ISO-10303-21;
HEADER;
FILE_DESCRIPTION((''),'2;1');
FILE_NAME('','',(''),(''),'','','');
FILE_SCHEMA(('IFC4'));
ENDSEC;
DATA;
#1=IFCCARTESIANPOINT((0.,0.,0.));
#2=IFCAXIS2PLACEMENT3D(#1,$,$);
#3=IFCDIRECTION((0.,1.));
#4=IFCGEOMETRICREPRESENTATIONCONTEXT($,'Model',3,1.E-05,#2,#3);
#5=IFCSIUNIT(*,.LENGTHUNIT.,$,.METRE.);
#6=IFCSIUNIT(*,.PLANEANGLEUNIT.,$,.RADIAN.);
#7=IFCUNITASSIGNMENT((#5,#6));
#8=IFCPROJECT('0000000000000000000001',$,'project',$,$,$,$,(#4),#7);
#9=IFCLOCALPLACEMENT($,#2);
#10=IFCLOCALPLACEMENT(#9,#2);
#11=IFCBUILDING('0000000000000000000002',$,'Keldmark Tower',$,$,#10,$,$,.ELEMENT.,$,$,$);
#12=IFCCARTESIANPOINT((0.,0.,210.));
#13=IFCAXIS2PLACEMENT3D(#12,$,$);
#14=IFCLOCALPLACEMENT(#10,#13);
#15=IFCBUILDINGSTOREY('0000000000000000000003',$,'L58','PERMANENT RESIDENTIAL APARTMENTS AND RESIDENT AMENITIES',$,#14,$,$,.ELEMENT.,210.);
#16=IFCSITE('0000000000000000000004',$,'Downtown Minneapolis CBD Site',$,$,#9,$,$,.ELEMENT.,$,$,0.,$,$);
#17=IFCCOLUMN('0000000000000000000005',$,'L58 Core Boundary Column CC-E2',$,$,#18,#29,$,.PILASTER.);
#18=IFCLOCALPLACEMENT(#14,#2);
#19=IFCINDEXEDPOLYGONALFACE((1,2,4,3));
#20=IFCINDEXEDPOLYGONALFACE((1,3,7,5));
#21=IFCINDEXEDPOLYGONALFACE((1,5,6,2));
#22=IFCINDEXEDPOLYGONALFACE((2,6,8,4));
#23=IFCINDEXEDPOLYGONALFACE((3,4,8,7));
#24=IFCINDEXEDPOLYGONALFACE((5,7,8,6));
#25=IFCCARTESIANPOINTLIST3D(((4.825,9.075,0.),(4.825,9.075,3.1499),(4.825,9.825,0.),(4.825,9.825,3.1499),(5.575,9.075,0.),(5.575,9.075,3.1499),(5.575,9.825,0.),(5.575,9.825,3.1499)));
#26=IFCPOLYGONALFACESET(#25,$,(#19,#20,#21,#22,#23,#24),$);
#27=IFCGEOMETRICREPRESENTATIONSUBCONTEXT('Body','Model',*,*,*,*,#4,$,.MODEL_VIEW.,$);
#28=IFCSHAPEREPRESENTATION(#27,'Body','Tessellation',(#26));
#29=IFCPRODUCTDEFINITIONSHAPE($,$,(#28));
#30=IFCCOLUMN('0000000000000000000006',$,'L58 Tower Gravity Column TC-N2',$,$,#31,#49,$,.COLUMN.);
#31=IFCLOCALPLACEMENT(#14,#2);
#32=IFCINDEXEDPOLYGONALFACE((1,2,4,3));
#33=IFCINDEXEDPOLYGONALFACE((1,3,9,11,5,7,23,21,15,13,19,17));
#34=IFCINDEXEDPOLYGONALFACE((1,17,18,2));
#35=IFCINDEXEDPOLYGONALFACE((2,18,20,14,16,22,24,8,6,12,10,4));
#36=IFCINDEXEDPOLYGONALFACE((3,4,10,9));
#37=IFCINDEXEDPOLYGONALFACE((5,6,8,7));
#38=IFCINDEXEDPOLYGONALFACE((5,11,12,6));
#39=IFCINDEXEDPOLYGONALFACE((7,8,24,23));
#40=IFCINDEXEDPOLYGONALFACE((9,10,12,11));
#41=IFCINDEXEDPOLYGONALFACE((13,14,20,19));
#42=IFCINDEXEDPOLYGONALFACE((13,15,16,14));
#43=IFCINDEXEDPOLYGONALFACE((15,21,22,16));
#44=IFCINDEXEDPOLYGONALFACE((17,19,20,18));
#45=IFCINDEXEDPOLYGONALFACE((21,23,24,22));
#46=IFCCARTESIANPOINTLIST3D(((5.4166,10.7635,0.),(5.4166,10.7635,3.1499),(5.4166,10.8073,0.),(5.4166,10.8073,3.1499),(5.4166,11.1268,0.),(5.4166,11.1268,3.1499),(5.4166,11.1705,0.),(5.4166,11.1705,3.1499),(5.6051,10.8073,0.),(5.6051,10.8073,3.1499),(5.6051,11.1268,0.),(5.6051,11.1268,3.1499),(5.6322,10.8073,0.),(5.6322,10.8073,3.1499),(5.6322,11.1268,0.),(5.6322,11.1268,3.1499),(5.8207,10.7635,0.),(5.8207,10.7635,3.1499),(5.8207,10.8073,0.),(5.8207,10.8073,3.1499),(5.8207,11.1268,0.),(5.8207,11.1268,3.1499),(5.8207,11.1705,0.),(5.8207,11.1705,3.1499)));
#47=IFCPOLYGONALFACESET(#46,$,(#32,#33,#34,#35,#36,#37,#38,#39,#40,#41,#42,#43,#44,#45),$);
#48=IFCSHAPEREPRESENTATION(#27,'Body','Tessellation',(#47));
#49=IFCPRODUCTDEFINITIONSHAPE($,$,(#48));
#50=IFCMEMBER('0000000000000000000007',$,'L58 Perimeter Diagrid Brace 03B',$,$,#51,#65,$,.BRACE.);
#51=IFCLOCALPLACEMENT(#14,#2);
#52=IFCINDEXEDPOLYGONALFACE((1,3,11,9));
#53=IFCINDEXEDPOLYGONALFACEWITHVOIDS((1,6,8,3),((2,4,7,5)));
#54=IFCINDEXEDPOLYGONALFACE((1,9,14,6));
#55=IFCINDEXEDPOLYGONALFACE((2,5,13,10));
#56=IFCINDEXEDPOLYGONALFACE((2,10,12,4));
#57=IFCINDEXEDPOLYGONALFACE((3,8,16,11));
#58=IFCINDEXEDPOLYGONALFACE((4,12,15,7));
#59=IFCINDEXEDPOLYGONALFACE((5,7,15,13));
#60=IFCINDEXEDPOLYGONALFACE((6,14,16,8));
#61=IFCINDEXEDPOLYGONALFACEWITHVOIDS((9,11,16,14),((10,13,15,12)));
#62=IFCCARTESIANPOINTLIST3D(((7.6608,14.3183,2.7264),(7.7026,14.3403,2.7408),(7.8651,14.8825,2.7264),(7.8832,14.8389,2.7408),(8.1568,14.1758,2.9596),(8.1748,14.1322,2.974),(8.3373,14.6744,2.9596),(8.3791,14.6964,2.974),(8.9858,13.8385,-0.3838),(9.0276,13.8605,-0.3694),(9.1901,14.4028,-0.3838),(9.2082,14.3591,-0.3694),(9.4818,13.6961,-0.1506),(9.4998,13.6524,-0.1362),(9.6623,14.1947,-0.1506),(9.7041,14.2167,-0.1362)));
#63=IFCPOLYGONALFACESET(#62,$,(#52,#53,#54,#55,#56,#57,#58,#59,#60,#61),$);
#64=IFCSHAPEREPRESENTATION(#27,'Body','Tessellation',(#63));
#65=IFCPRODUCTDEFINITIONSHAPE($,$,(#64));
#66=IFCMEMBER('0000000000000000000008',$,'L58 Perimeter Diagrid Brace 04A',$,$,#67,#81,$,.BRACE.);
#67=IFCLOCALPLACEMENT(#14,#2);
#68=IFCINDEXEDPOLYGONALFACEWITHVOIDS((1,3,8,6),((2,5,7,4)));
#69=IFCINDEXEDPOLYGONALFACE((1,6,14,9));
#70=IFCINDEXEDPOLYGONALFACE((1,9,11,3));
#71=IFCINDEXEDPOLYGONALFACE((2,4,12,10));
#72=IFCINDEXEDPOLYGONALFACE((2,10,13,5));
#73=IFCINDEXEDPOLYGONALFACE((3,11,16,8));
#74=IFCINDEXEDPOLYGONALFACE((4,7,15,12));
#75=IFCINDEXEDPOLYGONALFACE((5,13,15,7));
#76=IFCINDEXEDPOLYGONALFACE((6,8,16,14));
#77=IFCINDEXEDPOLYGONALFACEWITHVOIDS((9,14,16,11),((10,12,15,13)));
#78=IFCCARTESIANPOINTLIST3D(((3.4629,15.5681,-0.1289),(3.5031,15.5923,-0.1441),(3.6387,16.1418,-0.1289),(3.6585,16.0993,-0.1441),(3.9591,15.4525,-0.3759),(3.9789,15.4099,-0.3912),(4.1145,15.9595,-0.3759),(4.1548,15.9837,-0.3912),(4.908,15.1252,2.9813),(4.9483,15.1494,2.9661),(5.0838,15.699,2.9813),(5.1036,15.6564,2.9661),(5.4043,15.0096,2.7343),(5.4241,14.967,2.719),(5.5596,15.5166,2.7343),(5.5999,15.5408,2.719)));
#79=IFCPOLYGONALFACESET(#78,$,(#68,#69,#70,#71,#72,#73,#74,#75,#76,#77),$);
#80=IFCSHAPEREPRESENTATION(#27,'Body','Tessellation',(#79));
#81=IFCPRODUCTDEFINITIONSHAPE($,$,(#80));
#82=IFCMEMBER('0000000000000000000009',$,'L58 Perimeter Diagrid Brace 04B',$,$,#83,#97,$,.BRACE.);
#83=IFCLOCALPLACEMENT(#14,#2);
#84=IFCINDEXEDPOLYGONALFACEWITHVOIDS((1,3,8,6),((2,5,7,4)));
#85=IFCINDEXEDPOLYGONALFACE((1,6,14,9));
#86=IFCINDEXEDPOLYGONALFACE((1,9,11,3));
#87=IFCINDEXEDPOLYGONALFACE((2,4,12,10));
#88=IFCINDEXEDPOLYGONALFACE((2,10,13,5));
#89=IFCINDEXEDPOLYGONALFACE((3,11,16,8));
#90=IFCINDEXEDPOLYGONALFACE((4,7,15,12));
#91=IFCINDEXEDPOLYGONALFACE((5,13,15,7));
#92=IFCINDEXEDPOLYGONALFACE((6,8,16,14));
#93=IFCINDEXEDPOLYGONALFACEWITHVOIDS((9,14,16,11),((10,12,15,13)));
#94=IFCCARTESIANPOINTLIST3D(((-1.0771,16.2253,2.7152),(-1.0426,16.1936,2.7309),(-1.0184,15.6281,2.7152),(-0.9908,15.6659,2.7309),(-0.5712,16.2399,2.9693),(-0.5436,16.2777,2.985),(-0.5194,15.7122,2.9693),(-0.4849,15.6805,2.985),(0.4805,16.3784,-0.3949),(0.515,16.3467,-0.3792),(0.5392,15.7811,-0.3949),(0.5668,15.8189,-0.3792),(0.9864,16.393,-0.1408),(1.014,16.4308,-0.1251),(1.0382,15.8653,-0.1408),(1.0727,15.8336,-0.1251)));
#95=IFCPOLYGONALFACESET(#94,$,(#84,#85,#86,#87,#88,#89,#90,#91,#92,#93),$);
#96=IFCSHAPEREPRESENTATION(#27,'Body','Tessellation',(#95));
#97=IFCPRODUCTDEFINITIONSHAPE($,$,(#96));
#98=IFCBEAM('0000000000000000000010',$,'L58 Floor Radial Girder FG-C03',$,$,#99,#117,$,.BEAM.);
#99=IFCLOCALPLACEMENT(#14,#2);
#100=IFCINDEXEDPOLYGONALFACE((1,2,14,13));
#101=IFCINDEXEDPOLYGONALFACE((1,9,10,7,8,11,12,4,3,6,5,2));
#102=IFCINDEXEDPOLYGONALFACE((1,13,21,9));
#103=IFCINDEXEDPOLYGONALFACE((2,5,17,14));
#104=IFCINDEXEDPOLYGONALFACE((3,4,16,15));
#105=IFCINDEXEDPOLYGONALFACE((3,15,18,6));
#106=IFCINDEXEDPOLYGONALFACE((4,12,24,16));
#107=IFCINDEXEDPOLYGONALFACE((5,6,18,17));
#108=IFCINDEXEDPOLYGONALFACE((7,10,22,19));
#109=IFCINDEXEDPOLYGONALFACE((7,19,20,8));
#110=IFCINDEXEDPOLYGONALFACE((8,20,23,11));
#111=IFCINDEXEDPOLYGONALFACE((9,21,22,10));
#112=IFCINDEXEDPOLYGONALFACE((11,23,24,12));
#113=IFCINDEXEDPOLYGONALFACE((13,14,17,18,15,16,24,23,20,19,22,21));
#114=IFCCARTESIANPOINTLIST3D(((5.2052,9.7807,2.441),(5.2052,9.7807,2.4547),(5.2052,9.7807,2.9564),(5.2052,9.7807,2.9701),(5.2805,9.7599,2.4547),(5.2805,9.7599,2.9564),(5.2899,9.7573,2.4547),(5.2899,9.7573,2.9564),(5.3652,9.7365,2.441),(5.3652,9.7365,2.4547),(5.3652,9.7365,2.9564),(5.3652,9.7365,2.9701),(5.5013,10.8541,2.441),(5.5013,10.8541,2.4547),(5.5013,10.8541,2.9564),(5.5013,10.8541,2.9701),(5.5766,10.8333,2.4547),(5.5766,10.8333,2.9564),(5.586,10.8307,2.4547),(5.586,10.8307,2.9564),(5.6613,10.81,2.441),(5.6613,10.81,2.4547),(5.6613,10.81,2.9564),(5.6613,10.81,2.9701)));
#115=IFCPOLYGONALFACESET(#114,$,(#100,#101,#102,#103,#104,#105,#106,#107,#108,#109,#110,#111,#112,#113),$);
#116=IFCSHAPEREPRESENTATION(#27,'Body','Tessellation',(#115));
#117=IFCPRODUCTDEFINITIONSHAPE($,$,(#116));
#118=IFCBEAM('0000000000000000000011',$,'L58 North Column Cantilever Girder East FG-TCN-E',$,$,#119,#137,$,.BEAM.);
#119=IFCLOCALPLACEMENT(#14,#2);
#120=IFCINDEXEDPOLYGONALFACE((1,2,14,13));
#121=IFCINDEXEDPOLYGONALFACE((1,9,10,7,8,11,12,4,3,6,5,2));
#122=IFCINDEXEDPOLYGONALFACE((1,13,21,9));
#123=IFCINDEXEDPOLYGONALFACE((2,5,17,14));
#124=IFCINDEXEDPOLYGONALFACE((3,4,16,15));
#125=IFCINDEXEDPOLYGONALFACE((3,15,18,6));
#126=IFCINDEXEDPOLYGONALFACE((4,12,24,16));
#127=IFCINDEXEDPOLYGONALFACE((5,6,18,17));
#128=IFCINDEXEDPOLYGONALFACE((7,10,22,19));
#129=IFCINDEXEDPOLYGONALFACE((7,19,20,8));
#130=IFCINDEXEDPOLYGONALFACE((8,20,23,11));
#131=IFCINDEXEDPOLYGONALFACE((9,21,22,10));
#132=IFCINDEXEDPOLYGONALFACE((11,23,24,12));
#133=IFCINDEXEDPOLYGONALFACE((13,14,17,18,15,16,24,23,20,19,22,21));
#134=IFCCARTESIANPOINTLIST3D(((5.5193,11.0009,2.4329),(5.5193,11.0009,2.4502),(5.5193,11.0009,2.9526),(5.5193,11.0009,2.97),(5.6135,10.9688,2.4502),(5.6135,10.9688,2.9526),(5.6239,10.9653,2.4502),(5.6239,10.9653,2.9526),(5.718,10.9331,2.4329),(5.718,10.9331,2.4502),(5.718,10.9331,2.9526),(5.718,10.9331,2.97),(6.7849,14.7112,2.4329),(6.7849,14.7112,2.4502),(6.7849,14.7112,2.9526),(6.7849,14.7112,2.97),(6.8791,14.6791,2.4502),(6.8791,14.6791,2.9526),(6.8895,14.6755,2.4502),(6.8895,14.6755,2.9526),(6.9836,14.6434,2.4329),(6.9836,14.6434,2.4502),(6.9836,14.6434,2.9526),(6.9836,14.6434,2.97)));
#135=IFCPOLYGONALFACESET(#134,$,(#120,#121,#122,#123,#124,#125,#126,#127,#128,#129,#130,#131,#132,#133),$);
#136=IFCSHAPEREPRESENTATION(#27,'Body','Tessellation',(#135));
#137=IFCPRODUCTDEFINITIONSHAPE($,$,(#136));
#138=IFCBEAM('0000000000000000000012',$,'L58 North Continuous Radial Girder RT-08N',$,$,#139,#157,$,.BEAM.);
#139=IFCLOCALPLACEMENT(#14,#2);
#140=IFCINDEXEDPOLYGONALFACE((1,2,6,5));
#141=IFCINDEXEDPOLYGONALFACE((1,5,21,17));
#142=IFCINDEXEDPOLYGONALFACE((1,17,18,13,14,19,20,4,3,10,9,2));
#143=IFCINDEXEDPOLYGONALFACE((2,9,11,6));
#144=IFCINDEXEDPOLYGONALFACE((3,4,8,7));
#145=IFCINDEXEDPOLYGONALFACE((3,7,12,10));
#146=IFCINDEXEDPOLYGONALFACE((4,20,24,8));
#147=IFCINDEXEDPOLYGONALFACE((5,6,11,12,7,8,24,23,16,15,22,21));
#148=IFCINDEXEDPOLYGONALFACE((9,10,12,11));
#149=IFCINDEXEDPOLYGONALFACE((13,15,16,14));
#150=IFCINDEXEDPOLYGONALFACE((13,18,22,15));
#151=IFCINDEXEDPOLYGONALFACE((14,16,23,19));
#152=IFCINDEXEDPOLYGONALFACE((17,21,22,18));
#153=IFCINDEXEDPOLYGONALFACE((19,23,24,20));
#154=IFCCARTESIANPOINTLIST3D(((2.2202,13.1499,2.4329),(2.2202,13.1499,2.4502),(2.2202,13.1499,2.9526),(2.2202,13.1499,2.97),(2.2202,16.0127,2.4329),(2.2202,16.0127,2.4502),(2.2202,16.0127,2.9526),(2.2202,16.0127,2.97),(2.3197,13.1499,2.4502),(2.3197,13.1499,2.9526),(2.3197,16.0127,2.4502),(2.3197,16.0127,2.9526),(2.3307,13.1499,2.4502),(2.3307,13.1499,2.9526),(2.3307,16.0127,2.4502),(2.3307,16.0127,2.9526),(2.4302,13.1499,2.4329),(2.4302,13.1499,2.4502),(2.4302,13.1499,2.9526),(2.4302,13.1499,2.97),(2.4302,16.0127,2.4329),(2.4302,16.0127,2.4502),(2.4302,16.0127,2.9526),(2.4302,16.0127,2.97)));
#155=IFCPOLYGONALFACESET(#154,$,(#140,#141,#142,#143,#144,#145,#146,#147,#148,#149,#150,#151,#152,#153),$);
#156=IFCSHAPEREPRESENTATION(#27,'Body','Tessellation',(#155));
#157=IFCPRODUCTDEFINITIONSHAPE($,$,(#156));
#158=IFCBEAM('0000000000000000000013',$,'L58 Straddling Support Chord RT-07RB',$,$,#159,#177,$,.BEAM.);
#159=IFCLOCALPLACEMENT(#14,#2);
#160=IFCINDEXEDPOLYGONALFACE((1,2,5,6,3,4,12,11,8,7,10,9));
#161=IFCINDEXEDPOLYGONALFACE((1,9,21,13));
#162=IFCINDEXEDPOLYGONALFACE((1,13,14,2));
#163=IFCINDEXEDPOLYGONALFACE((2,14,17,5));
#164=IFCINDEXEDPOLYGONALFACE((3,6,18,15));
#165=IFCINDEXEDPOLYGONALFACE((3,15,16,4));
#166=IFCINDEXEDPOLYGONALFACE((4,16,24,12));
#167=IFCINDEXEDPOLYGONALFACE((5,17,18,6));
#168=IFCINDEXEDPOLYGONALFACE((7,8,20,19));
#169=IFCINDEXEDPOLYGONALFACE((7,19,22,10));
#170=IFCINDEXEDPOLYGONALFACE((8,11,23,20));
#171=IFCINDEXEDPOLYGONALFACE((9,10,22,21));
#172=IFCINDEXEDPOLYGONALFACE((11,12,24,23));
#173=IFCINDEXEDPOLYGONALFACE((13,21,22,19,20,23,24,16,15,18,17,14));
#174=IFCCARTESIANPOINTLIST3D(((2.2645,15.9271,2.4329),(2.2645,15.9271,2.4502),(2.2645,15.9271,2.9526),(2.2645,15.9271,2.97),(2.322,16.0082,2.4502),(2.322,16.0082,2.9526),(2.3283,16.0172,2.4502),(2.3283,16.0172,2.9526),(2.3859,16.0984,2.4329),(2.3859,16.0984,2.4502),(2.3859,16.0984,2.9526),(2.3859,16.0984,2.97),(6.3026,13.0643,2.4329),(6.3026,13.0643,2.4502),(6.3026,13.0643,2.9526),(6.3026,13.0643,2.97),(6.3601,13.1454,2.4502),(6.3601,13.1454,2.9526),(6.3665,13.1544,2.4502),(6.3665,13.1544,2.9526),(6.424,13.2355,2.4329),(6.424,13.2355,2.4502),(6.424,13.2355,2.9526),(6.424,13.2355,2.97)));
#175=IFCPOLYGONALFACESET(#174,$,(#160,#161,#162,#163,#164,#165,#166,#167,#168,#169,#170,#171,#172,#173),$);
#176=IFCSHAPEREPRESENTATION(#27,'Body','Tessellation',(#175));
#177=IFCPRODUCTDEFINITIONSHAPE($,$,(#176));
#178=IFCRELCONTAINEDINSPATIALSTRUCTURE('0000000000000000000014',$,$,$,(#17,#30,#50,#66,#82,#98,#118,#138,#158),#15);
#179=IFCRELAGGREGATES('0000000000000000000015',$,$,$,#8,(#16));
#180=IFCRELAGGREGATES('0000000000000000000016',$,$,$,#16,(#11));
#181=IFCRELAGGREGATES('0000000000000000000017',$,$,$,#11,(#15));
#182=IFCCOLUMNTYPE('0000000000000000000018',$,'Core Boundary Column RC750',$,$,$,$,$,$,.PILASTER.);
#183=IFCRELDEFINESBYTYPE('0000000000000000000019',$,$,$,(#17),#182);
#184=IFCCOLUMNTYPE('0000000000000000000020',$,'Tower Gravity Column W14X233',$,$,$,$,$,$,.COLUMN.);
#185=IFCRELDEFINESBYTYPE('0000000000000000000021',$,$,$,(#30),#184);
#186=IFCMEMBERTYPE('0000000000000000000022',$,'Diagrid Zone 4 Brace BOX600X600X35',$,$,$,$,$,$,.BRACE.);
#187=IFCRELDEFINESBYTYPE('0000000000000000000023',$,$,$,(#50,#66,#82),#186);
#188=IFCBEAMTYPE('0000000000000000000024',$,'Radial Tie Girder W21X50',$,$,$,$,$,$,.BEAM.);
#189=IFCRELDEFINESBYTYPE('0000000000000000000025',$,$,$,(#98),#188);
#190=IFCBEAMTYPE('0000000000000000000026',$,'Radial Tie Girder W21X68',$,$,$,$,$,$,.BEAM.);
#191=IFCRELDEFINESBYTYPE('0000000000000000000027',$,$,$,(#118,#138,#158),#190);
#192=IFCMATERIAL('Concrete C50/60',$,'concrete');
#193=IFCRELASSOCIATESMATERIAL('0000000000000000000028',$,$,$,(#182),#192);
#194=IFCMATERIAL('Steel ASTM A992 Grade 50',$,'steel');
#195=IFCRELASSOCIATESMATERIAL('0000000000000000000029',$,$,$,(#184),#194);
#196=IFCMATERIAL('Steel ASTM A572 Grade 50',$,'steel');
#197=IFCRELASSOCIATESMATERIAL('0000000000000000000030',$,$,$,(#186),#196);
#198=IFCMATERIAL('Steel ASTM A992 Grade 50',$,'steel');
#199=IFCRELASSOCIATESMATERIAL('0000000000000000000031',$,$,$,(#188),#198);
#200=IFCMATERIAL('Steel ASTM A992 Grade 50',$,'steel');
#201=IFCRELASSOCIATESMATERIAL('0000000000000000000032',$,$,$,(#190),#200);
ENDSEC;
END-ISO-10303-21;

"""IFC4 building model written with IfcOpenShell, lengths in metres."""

from ifc_helpers import new_model, si_unit, direction, frame, origin, origin_2d, place, context, subcontext, project, spatial, rectangle, hollow_rectangle, i_section, extrude, material, material_profile, profile_set, type_object, element, save


model = new_model("IFC4")

# Units and contexts
model_context = context("Model", 3, precision=1e-05, world=origin(), true_north=direction((0.0, 1.0)))
body_context = subcontext(model_context, "Body", "Model", "MODEL_VIEW")
ifc_project = project(units=[si_unit("LENGTHUNIT", "METRE"), si_unit("PLANEANGLEUNIT", "RADIAN")], contexts=[model_context])

# Site, building, storey
site_placement = place(None, origin())
site = spatial("IfcSite", under=ifc_project, at=site_placement, Name="Downtown Minneapolis CBD Site", CompositionType="ELEMENT", RefElevation=0.0)
building_placement = place(site_placement, origin())
building = spatial("IfcBuilding", under=site, at=building_placement, Name="Keldmark Tower", CompositionType="ELEMENT")
storey_placement = place(building_placement, frame((0.0, 0.0, 210.0)))
storey = spatial("IfcBuildingStorey", under=building, at=storey_placement, Name="L58", Description="PERMANENT RESIDENTIAL APARTMENTS AND RESIDENT AMENITIES", CompositionType="ELEMENT", Elevation=210.0)

# Columns
ifc_material_1 = material(Name="Concrete C50/60", Category="concrete")
ifc_material_profile_1 = material_profile(ifc_material_1, rectangle(XDim=0.75, YDim=0.75, at=origin_2d()), Name="RC750X750")
ifc_profile_set_1 = profile_set([ifc_material_profile_1], Name="Concrete C50/60")
column_type_1 = type_object("IfcColumnType", Name="Core Boundary Column RC750", PredefinedType="PILASTER", material=ifc_profile_set_1)
column_1_placement = place(storey_placement, frame((5.2, 9.45, 0.0), z_axis=(0.0, 0.0, 1.0), x_axis=(1.0, 0.0, 0.0)))
element("IfcColumn", 1, at=column_1_placement, inside=storey, type_object=column_type_1, Name="L58 Core Boundary Column CC-E2", PredefinedType="PILASTER", context=body_context, shape_type="SweptSolid", body=[
    extrude(rectangle(XDim=0.75, YDim=0.75, at=origin_2d()), origin(), (0.0, 0.0, 1.0), 3.1499),
])
ifc_material_2 = material(Name="Steel ASTM A992 Grade 50", Category="steel")
ifc_material_profile_2 = material_profile(ifc_material_2, i_section(OverallWidth=0.4041, OverallDepth=0.407, WebThickness=0.0271, FlangeThickness=0.0437, at=origin_2d()), Name="W14X233")
ifc_profile_set_2 = profile_set([ifc_material_profile_2], Name="Steel ASTM A992 Grade 50")
column_type_2 = type_object("IfcColumnType", Name="Tower Gravity Column W14X233", PredefinedType="COLUMN", material=ifc_profile_set_2)
column_2_placement = place(storey_placement, frame((5.6187, 10.967, 0.0), z_axis=(0.0, 0.0, 1.0), x_axis=(1.0, 0.0, 0.0)))
element("IfcColumn", 2, at=column_2_placement, inside=storey, type_object=column_type_2, Name="L58 Tower Gravity Column TC-N2", PredefinedType="COLUMN", context=body_context, shape_type="SweptSolid", body=[
    extrude(i_section(OverallWidth=0.4041, OverallDepth=0.407, WebThickness=0.0271, FlangeThickness=0.0437, at=origin_2d()), origin(), (0.0, 0.0, 1.0), 3.1499),
])

# Members
ifc_material_3 = material(Name="Steel ASTM A572 Grade 50", Category="steel")
ifc_material_profile_3 = material_profile(ifc_material_3, hollow_rectangle(XDim=0.6001, YDim=0.6001, WallThickness=0.0349, at=origin_2d()), Name="BOX600X600X35")
ifc_profile_set_3 = profile_set([ifc_material_profile_3], Name="Steel ASTM A572 Grade 50")
member_type = type_object("IfcMemberType", Name="Diagrid Zone 4 Brace BOX600X600X35", PredefinedType="BRACE", material=ifc_profile_set_3)
member_1_placement = place(storey_placement, frame((9.345, 14.0276, -0.26), z_axis=(-0.388043, 0.140502, 0.910869), x_axis=(-0.340449, -0.940263, 0.0)))
element("IfcMember", 3, at=member_1_placement, inside=storey, type_object=member_type, Name="L58 Perimeter Diagrid Brace 03B", PredefinedType="BRACE", context=body_context, shape_type="SweptSolid", body=[
    extrude(hollow_rectangle(XDim=0.6001, YDim=0.6001, WallThickness=0.0349, at=origin_2d()), origin(), (0.0, 0.0, 1.0), 3.4146),
])
member_2_placement = place(storey_placement, frame((3.8088, 15.7759, -0.26), z_axis=(0.417903, -0.128075, 0.899419), x_axis=(0.293019, 0.956107, 0.0)))
element("IfcMember", 4, at=member_2_placement, inside=storey, type_object=member_type, Name="L58 Perimeter Diagrid Brace 04A", PredefinedType="BRACE", context=body_context, shape_type="SweptSolid", body=[
    extrude(hollow_rectangle(XDim=0.6001, YDim=0.6001, WallThickness=0.0349, at=origin_2d()), origin(), (0.0, 0.0, 1.0), 3.458),
])
member_3_placement = place(storey_placement, frame((0.7766, 16.106, -0.26), z_axis=(-0.44737, -0.043966, 0.893268), x_axis=(0.097805, -0.995206, 0.0)))
element("IfcMember", 5, at=member_3_placement, inside=storey, type_object=member_type, Name="L58 Perimeter Diagrid Brace 04B", PredefinedType="BRACE", context=body_context, shape_type="SweptSolid", body=[
    extrude(hollow_rectangle(XDim=0.6001, YDim=0.6001, WallThickness=0.0349, at=origin_2d()), origin(), (0.0, 0.0, 1.0), 3.4817),
])

# Beams
ifc_material_4 = material(Name="Steel ASTM A992 Grade 50", Category="steel")
ifc_material_profile_4 = material_profile(ifc_material_4, i_section(OverallWidth=0.166, OverallDepth=0.5291, WebThickness=0.0098, FlangeThickness=0.0137, at=origin_2d()), Name="W21X50")
ifc_profile_set_4 = profile_set([ifc_material_profile_4], Name="Steel ASTM A992 Grade 50")
beam_type_1 = type_object("IfcBeamType", Name="Radial Tie Girder W21X50", PredefinedType="BEAM", material=ifc_profile_set_4)
beam_1_placement = place(storey_placement, frame((5.5813, 10.832, 2.7056), z_axis=(-0.265936, -0.963991, 0.0), x_axis=(0.963991, -0.265936, 0.0)))
element("IfcBeam", 6, at=beam_1_placement, inside=storey, type_object=beam_type_1, Name="L58 Floor Radial Girder FG-C03", PredefinedType="BEAM", context=body_context, shape_type="SweptSolid", body=[
    extrude(i_section(OverallWidth=0.166, OverallDepth=0.5291, WebThickness=0.0098, FlangeThickness=0.0137, at=origin_2d()), origin(), (0.0, 0.0, 1.0), 1.1135),
])
ifc_material_5 = material(Name="Steel ASTM A992 Grade 50", Category="steel")
ifc_material_profile_5 = material_profile(ifc_material_5, i_section(OverallWidth=0.21, OverallDepth=0.5371, WebThickness=0.011, FlangeThickness=0.0173, at=origin_2d()), Name="W21X68")
ifc_profile_set_5 = profile_set([ifc_material_profile_5], Name="Steel ASTM A992 Grade 50")
beam_type_2 = type_object("IfcBeamType", Name="Radial Tie Girder W21X68", PredefinedType="BEAM", material=ifc_profile_set_5)
beam_2_placement = place(storey_placement, frame((5.6187, 10.967, 2.7014), z_axis=(0.322853, 0.946449, 0.0), x_axis=(-0.946449, 0.322853, 0.0)))
element("IfcBeam", 7, at=beam_2_placement, inside=storey, type_object=beam_type_2, Name="L58 North Column Cantilever Girder East FG-TCN-E", PredefinedType="BEAM", context=body_context, shape_type="SweptSolid", body=[
    extrude(i_section(OverallWidth=0.21, OverallDepth=0.5371, WebThickness=0.011, FlangeThickness=0.0173, at=origin_2d()), origin(), (0.0, 0.0, 1.0), 3.9202),
])
beam_3_placement = place(storey_placement, frame((2.3252, 13.1499, 2.7014), z_axis=(0.0, 1.0, 0.0), x_axis=(-1.0, 0.0, 0.0)))
element("IfcBeam", 8, at=beam_3_placement, inside=storey, type_object=beam_type_2, Name="L58 North Continuous Radial Girder RT-08N", PredefinedType="BEAM", context=body_context, shape_type="SweptSolid", body=[
    extrude(i_section(OverallWidth=0.21, OverallDepth=0.5371, WebThickness=0.011, FlangeThickness=0.0173, at=origin_2d()), origin(), (0.0, 0.0, 1.0), 2.8628),
])
beam_4_placement = place(storey_placement, frame((6.3633, 13.1499, 2.7014), z_axis=(-0.815788, 0.578351, 0.0), x_axis=(-0.578351, -0.815788, 0.0)))
element("IfcBeam", 9, at=beam_4_placement, inside=storey, type_object=beam_type_2, Name="L58 Straddling Support Chord RT-07RB", PredefinedType="BEAM", context=body_context, shape_type="SweptSolid", body=[
    extrude(i_section(OverallWidth=0.21, OverallDepth=0.5371, WebThickness=0.011, FlangeThickness=0.0173, at=origin_2d()), origin(), (0.0, 0.0, 1.0), 4.95),
])

save(model, "model.ifc")
